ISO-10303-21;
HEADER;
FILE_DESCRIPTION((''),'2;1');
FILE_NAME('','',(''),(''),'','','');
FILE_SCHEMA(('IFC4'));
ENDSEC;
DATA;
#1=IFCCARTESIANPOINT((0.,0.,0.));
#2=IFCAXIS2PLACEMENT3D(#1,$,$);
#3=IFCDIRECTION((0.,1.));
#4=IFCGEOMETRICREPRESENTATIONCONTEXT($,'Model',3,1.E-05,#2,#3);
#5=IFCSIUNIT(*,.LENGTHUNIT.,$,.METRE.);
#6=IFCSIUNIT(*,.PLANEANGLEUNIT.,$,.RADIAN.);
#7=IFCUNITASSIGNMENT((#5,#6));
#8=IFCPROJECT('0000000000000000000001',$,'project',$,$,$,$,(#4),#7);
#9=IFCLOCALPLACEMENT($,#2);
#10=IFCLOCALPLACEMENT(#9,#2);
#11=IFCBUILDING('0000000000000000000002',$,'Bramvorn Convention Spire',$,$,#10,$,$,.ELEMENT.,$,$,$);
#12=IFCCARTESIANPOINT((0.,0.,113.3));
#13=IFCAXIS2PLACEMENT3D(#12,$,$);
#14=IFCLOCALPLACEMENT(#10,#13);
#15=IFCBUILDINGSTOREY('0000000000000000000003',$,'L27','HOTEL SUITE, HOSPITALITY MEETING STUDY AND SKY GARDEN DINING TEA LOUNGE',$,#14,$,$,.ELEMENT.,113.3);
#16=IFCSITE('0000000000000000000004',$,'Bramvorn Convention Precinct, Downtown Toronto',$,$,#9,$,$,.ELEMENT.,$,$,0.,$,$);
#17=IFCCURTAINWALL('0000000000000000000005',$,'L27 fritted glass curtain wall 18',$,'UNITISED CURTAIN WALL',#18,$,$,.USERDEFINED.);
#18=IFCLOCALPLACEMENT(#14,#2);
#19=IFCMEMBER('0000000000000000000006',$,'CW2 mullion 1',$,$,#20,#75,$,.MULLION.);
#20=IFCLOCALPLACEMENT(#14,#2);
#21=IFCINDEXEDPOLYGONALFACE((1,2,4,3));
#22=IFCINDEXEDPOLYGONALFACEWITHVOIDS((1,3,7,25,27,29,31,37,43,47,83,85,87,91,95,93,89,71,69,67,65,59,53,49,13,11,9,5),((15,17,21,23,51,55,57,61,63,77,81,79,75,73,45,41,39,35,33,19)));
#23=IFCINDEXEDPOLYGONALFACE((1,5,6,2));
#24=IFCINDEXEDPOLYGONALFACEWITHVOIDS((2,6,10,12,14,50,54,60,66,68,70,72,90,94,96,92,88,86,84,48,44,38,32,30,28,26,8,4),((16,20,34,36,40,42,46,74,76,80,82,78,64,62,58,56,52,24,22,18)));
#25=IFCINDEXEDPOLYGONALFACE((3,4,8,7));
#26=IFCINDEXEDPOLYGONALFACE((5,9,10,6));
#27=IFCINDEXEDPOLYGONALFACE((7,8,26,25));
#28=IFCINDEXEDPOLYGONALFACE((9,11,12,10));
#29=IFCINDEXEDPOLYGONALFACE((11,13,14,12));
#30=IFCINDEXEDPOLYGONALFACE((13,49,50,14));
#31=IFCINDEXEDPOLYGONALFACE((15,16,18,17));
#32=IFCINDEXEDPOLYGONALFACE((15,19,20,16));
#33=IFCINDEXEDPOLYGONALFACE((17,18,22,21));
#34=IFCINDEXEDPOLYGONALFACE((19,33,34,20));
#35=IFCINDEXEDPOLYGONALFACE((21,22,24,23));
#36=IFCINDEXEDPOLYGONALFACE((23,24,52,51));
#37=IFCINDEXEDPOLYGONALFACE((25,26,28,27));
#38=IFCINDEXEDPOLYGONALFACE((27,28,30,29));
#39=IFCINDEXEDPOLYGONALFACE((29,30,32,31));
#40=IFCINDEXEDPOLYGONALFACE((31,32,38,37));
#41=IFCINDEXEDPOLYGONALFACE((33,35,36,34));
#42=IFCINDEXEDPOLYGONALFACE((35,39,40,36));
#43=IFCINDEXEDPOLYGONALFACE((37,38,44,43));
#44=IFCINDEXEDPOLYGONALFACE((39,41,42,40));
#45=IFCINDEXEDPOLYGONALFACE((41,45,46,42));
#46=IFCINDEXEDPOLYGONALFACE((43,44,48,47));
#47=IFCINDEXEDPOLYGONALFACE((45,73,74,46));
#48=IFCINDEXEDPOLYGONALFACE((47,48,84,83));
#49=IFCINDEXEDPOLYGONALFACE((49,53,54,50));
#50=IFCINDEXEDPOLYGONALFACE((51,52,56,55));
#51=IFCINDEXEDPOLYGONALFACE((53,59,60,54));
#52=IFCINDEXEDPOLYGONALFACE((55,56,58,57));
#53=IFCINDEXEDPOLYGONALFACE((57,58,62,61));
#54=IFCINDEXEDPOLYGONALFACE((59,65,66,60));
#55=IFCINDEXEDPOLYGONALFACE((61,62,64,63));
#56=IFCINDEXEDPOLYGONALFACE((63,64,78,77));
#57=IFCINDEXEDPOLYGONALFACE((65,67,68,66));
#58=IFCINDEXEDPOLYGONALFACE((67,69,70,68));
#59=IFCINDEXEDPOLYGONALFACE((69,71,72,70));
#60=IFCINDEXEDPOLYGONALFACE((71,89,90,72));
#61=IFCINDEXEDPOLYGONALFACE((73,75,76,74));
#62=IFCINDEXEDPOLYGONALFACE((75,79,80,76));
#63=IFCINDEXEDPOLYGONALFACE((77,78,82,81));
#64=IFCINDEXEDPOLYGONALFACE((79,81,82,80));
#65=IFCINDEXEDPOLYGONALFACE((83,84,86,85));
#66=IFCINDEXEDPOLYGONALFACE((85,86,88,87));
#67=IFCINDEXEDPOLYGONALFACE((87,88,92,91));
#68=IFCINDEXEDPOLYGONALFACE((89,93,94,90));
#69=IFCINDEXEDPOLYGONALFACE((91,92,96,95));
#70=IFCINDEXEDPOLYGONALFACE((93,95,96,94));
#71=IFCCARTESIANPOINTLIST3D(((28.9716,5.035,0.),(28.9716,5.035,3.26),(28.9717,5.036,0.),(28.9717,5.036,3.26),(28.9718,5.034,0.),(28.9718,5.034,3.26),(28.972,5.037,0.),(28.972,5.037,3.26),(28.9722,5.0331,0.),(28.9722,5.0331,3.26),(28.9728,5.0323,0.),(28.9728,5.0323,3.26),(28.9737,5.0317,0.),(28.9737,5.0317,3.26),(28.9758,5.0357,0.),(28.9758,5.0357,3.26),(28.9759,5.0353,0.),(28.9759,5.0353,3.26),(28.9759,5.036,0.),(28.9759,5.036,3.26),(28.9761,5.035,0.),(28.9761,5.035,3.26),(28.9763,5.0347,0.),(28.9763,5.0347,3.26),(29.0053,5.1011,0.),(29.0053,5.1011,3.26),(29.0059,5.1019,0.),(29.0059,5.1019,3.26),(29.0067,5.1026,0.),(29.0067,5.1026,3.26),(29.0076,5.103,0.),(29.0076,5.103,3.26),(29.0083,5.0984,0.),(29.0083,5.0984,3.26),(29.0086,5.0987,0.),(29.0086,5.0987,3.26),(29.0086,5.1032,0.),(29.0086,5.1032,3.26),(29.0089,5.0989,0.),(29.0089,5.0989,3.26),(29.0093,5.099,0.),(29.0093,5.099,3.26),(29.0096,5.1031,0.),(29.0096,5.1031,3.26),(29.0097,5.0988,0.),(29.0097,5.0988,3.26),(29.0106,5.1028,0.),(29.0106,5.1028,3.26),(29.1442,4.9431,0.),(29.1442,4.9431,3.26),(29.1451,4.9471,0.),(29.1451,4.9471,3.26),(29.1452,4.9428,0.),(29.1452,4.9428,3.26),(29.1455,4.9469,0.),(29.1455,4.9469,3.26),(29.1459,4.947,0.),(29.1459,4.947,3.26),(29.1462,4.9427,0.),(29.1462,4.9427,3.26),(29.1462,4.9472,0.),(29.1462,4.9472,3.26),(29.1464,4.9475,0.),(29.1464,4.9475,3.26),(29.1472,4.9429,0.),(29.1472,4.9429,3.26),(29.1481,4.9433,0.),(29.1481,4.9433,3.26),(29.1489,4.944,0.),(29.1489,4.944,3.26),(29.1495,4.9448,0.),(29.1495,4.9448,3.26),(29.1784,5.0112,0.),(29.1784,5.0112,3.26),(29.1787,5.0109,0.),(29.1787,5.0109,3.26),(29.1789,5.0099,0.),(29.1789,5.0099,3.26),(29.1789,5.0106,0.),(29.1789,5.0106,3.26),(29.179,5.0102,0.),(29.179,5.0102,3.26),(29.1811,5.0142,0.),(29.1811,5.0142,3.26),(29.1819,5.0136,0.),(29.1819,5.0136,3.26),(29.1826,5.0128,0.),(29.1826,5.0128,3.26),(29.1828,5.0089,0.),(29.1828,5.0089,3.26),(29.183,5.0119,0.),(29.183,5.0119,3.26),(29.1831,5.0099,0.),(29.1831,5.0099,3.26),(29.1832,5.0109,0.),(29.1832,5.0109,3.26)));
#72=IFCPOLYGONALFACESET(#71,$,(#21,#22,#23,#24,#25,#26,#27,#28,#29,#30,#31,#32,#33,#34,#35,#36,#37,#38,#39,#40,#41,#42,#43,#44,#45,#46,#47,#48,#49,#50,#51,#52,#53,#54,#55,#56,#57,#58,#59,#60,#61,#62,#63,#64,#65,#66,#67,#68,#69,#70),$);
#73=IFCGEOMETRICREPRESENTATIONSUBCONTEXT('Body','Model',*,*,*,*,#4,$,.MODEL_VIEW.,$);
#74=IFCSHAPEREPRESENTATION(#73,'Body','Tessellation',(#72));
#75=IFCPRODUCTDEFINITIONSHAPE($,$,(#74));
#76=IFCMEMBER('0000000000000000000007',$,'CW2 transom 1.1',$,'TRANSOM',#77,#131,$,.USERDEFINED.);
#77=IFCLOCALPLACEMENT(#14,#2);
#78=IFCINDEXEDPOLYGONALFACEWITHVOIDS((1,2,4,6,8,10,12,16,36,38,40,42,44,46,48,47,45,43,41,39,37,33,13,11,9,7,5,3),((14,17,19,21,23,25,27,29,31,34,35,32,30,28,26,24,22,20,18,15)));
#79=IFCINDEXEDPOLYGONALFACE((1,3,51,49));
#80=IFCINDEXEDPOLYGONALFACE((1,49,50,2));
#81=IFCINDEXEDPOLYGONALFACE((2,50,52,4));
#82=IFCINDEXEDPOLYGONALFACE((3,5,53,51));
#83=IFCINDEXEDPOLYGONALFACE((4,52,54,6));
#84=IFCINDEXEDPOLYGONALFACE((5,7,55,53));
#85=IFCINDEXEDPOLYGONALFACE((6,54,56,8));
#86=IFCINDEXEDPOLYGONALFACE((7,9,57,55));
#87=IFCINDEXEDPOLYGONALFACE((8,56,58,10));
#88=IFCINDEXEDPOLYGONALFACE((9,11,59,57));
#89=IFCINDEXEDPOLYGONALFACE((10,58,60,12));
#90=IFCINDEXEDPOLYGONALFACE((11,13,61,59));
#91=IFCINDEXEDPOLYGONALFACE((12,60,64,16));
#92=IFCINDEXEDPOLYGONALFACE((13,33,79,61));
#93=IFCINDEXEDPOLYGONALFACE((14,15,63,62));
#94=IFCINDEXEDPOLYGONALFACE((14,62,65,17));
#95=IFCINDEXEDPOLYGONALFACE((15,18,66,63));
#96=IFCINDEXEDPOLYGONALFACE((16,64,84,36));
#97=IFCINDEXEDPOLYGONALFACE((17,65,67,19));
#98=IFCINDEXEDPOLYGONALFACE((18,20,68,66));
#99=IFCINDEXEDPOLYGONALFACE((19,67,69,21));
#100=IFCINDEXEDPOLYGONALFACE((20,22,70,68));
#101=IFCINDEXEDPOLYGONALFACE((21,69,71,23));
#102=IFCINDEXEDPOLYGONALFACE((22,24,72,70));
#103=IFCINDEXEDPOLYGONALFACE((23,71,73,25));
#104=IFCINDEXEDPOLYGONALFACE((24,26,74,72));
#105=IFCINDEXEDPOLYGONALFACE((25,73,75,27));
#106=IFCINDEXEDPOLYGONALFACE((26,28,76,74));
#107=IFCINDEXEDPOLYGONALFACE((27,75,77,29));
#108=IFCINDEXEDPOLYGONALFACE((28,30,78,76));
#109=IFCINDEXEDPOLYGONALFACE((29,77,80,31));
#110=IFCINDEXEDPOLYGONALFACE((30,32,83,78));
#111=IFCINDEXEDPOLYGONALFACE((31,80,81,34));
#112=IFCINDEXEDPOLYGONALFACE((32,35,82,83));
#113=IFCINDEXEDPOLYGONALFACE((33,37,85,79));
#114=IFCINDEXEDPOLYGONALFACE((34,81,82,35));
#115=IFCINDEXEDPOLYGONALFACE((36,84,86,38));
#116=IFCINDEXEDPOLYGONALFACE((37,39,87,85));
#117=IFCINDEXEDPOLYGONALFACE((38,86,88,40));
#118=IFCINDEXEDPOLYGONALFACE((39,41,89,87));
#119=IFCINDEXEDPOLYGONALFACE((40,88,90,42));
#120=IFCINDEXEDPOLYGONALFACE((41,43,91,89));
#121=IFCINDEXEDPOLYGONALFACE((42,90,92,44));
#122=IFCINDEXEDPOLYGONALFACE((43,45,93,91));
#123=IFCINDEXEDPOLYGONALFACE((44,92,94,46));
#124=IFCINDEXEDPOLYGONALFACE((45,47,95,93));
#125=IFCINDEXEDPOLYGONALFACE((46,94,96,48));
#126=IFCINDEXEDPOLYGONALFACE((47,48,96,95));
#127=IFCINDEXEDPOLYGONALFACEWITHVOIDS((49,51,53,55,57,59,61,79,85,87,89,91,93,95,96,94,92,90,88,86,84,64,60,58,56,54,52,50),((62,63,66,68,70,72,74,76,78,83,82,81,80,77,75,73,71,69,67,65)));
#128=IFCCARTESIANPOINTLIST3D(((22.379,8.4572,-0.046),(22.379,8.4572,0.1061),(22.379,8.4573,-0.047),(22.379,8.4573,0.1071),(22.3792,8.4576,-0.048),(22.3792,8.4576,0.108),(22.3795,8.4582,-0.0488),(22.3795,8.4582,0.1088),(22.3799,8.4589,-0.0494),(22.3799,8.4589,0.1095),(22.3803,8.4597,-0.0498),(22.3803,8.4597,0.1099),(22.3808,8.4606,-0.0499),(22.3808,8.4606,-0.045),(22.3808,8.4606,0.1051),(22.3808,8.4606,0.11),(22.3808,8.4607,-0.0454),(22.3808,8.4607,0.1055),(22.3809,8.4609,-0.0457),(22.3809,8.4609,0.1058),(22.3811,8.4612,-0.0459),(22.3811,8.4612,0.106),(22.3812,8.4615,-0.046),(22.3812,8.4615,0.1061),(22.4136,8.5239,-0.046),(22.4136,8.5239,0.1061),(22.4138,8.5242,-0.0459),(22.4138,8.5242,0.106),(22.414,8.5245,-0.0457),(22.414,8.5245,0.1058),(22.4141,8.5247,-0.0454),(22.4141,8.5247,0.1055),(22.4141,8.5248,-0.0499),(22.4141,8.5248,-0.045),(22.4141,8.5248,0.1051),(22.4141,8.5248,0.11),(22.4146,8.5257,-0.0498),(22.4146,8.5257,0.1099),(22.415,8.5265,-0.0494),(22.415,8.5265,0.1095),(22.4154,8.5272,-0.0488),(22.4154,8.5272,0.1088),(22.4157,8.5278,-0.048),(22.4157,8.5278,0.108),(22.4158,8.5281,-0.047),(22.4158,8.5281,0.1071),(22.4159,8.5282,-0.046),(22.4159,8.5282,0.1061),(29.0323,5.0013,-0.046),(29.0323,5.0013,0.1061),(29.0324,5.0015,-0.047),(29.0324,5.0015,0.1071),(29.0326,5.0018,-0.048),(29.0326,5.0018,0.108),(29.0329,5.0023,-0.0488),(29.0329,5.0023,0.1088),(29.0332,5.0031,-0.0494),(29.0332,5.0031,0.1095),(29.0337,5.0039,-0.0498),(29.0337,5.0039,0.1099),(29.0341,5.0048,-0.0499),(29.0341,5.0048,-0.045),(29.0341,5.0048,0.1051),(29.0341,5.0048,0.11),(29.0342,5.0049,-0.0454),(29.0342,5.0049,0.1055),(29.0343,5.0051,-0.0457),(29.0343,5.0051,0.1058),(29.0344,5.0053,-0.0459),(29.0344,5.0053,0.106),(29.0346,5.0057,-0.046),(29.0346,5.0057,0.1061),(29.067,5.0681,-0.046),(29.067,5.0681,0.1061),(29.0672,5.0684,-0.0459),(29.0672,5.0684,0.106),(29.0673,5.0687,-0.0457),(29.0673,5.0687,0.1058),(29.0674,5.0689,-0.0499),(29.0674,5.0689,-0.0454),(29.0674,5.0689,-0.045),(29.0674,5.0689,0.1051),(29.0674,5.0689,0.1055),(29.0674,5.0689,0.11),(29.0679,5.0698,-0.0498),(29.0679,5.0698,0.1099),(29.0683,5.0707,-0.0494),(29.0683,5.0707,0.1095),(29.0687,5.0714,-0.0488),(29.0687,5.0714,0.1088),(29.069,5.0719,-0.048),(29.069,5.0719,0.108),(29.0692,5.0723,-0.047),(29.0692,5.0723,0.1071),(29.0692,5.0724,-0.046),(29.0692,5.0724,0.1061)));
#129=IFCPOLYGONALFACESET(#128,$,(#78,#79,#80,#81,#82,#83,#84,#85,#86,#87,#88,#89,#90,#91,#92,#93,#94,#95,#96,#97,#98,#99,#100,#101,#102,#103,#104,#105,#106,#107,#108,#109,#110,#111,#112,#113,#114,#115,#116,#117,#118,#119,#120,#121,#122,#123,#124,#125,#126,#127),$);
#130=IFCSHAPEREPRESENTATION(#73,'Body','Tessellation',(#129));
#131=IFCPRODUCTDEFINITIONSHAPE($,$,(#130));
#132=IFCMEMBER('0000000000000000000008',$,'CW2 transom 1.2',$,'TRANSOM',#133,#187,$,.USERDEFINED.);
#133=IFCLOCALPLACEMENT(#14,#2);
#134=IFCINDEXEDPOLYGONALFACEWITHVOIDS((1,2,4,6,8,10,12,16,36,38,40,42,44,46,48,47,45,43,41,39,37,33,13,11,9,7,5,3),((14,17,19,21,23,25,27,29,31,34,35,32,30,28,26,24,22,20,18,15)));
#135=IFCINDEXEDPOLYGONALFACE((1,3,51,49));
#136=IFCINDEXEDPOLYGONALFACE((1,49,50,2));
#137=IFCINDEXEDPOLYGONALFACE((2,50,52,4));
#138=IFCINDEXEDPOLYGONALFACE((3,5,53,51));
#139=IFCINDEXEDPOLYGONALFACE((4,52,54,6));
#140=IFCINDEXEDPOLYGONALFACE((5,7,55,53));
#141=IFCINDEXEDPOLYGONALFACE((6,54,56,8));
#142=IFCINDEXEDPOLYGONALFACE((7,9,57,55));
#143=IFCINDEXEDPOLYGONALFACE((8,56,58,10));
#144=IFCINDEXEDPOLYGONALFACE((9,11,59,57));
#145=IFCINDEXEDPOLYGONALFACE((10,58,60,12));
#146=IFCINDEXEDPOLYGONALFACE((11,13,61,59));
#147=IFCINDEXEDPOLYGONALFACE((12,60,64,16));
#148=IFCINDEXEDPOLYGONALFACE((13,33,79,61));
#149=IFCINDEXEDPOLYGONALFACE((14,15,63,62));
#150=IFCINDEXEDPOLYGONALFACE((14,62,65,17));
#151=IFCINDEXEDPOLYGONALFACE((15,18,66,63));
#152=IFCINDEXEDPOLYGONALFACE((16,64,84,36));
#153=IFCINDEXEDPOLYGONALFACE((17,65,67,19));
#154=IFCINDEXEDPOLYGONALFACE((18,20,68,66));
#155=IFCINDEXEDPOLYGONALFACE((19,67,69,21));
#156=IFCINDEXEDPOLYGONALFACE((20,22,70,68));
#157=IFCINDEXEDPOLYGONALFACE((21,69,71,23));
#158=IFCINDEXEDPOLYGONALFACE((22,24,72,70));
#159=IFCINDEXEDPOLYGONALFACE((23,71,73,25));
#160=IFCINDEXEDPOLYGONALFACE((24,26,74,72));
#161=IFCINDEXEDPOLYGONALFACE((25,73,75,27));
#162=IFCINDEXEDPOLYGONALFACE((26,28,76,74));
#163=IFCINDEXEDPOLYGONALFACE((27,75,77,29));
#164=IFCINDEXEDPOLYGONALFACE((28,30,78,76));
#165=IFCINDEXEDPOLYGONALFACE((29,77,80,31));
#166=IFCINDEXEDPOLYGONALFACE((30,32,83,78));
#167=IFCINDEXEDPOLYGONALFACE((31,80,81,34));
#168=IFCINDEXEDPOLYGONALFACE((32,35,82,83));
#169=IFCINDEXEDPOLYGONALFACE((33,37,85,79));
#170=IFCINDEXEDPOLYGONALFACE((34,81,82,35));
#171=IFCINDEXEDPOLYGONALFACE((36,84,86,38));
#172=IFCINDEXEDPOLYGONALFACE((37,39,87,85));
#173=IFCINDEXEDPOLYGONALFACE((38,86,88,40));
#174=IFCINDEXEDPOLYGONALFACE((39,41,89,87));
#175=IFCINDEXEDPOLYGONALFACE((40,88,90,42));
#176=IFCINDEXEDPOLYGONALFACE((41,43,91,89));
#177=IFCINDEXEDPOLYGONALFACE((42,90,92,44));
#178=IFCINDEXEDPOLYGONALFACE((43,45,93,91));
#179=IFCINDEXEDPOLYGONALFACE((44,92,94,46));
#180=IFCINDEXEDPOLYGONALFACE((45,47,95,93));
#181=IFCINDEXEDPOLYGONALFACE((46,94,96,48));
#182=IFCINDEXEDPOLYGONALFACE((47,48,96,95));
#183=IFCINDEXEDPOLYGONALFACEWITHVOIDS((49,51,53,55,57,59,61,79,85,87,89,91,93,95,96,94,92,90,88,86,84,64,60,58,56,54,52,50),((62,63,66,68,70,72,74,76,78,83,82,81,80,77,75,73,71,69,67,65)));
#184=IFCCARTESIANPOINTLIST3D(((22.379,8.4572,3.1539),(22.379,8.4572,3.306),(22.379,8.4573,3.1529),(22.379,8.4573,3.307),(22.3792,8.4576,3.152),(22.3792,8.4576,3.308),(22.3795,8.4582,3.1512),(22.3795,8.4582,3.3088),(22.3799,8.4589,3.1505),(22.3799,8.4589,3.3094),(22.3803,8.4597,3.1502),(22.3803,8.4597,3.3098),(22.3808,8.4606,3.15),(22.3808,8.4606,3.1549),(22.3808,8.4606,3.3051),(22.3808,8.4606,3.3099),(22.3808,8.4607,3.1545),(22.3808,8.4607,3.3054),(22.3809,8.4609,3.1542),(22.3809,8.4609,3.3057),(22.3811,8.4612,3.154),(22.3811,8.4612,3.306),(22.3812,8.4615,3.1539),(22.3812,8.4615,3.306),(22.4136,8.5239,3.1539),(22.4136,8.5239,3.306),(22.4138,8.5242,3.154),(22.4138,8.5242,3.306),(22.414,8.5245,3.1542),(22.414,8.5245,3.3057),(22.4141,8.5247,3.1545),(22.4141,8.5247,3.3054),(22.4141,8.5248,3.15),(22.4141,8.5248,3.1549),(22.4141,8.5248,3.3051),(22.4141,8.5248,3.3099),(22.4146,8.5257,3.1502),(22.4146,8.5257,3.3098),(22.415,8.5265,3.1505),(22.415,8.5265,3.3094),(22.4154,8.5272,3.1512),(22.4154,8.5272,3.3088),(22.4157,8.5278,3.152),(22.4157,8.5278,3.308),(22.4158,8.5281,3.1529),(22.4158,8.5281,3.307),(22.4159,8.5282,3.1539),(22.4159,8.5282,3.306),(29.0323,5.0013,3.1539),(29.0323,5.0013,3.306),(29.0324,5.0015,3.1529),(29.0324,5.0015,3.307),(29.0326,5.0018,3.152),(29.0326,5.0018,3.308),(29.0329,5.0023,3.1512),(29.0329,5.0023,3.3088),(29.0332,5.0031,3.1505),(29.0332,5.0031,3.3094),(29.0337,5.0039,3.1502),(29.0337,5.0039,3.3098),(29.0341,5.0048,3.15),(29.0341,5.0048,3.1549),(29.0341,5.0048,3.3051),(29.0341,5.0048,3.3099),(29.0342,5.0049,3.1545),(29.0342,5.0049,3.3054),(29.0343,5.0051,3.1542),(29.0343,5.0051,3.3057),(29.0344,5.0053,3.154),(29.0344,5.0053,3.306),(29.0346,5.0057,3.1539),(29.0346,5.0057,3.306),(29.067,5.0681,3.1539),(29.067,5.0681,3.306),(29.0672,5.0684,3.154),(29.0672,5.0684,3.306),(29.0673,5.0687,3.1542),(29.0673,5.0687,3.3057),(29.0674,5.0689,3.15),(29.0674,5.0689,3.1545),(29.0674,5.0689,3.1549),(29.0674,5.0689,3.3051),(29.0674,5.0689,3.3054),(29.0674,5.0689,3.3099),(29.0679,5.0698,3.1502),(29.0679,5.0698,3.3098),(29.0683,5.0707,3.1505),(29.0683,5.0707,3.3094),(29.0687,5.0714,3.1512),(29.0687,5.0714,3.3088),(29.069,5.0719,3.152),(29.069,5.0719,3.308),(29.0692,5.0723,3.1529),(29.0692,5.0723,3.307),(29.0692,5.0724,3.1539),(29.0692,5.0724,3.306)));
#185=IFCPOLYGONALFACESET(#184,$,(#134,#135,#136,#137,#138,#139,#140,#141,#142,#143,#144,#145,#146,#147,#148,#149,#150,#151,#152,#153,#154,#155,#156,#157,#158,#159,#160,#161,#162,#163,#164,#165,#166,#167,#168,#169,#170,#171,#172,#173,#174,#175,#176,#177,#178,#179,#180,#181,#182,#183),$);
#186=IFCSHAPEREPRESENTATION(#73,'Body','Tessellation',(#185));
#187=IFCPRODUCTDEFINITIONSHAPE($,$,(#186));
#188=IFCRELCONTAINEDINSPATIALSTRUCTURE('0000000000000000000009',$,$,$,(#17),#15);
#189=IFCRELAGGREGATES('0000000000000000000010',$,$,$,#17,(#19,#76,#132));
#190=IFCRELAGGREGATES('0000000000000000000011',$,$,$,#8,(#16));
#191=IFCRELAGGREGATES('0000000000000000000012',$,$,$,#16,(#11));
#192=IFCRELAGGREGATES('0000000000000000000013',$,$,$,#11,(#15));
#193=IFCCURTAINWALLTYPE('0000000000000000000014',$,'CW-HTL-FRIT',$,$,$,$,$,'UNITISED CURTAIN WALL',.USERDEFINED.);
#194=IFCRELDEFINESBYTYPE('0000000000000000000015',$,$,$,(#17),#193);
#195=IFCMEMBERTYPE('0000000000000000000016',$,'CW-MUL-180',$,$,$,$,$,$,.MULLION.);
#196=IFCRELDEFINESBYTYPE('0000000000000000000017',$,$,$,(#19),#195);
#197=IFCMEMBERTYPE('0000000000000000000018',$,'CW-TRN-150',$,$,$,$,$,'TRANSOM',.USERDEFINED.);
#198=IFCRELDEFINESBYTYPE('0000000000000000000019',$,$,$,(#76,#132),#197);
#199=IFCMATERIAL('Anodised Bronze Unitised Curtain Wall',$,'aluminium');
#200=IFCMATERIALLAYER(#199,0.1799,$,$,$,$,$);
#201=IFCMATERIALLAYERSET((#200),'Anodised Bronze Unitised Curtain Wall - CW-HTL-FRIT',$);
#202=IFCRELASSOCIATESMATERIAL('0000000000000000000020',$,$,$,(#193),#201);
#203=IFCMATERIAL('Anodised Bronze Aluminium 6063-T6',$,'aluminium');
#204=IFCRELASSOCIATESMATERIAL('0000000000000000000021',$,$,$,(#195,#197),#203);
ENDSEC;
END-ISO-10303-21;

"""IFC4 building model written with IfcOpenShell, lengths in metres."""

from ifc_helpers import new_model, si_unit, direction, frame, origin, origin_2d, place, context, subcontext, project, spatial, hollow_rectangle, extrude, material, layer, layer_set, material_profile, profile_set, type_object, element, aggregate, save


model = new_model("IFC4")

# Units and contexts
model_context = context("Model", 3, precision=1e-05, world=origin(), true_north=direction((0.0, 1.0)))
body_context = subcontext(model_context, "Body", "Model", "MODEL_VIEW")
ifc_project = project(units=[si_unit("LENGTHUNIT", "METRE"), si_unit("PLANEANGLEUNIT", "RADIAN")], contexts=[model_context])

# Site, building, storey
site_placement = place(None, origin())
site = spatial("IfcSite", under=ifc_project, at=site_placement, Name="Bramvorn Convention Precinct, Downtown Toronto", CompositionType="ELEMENT", RefElevation=0.0)
building_placement = place(site_placement, origin())
building = spatial("IfcBuilding", under=site, at=building_placement, Name="Bramvorn Convention Spire", CompositionType="ELEMENT")
storey_placement = place(building_placement, frame((0.0, 0.0, 113.3)))
storey = spatial("IfcBuildingStorey", under=building, at=storey_placement, Name="L27", Description="HOTEL SUITE, HOSPITALITY MEETING STUDY AND SKY GARDEN DINING TEA LOUNGE", CompositionType="ELEMENT", Elevation=113.3)

# Curtain wall, members
ifc_material_1 = material(Name="Anodised Bronze Unitised Curtain Wall", Category="aluminium")
ifc_layer_1 = layer(ifc_material_1, 0.1799)
ifc_layer_set_1 = layer_set([ifc_layer_1], Name="Anodised Bronze Unitised Curtain Wall - CW-HTL-FRIT")
curtain_wall_type = type_object("IfcCurtainWallType", Name="CW-HTL-FRIT", ElementType="UNITISED CURTAIN WALL", PredefinedType="USERDEFINED", material=ifc_layer_set_1)
curtain_wall_placement = place(storey_placement, origin())
curtain_wall = element("IfcCurtainWall", 1, at=curtain_wall_placement, inside=storey, type_object=curtain_wall_type, Name="L27 fritted glass curtain wall 18", ObjectType="UNITISED CURTAIN WALL", PredefinedType="USERDEFINED")
ifc_material_2 = material(Name="Anodised Bronze Aluminium 6063-T6", Category="aluminium")
ifc_material_profile_1 = material_profile(ifc_material_2, hollow_rectangle(XDim=0.0801, YDim=0.2, WallThickness=0.0039, InnerFilletRadius=0.001, OuterFilletRadius=0.0039, at=origin_2d()))
ifc_profile_set_1 = profile_set([ifc_material_profile_1], Name="Anodised Bronze Aluminium 6063-T6 - CWM80X200")
member_type_1 = type_object("IfcMemberType", Name="CW-MUL-180", PredefinedType="MULLION", material=ifc_profile_set_1)
member_1_placement = place(storey_placement, frame((29.0774, 5.0229, 0.0), z_axis=(0.0, 0.0, 1.0), x_axis=(-0.460939, -0.887432, 0.0)))
member_1 = element("IfcMember", 2, at=member_1_placement, type_object=member_type_1, Name="CW2 mullion 1", PredefinedType="MULLION", context=body_context, shape_type="SweptSolid", body=[
    extrude(hollow_rectangle(XDim=0.0801, YDim=0.2, WallThickness=0.0039, InnerFilletRadius=0.001, OuterFilletRadius=0.0039, at=origin_2d()), origin(), (0.0, 0.0, 1.0), 3.26),
])
ifc_material_profile_2 = material_profile(ifc_material_2, hollow_rectangle(XDim=0.0801, YDim=0.1599, WallThickness=0.0039, InnerFilletRadius=0.001, OuterFilletRadius=0.0039, at=origin_2d()))
ifc_profile_set_2 = profile_set([ifc_material_profile_2], Name="Anodised Bronze Aluminium 6063-T6 - CWT80X160")
member_type_2 = type_object("IfcMemberType", Name="CW-TRN-150", ElementType="TRANSOM", PredefinedType="USERDEFINED", material=ifc_profile_set_2)
member_2_placement = place(storey_placement, frame((29.0508, 5.0369, 0.03), z_axis=(-0.887431, 0.460942, 0.0), x_axis=(-0.460942, -0.887431, 0.0)))
member_2 = element("IfcMember", 3, at=member_2_placement, type_object=member_type_2, Name="CW2 transom 1.1", ObjectType="TRANSOM", PredefinedType="USERDEFINED", context=body_context, shape_type="SweptSolid", body=[
    extrude(hollow_rectangle(XDim=0.0801, YDim=0.1599, WallThickness=0.0039, InnerFilletRadius=0.001, OuterFilletRadius=0.0039, at=origin_2d()), origin(), (0.0, 0.0, 1.0), 7.4973),
])
member_3_placement = place(storey_placement, frame((29.0508, 5.0369, 3.23), z_axis=(-0.887431, 0.460942, 0.0), x_axis=(-0.460942, -0.887431, 0.0)))
member_3 = element("IfcMember", 4, at=member_3_placement, type_object=member_type_2, Name="CW2 transom 1.2", ObjectType="TRANSOM", PredefinedType="USERDEFINED", context=body_context, shape_type="SweptSolid", body=[
    extrude(hollow_rectangle(XDim=0.0801, YDim=0.1599, WallThickness=0.0039, InnerFilletRadius=0.001, OuterFilletRadius=0.0039, at=origin_2d()), origin(), (0.0, 0.0, 1.0), 7.4973),
])
aggregate(curtain_wall, [member_1, member_2, member_3])

save(model, "model.ifc")
